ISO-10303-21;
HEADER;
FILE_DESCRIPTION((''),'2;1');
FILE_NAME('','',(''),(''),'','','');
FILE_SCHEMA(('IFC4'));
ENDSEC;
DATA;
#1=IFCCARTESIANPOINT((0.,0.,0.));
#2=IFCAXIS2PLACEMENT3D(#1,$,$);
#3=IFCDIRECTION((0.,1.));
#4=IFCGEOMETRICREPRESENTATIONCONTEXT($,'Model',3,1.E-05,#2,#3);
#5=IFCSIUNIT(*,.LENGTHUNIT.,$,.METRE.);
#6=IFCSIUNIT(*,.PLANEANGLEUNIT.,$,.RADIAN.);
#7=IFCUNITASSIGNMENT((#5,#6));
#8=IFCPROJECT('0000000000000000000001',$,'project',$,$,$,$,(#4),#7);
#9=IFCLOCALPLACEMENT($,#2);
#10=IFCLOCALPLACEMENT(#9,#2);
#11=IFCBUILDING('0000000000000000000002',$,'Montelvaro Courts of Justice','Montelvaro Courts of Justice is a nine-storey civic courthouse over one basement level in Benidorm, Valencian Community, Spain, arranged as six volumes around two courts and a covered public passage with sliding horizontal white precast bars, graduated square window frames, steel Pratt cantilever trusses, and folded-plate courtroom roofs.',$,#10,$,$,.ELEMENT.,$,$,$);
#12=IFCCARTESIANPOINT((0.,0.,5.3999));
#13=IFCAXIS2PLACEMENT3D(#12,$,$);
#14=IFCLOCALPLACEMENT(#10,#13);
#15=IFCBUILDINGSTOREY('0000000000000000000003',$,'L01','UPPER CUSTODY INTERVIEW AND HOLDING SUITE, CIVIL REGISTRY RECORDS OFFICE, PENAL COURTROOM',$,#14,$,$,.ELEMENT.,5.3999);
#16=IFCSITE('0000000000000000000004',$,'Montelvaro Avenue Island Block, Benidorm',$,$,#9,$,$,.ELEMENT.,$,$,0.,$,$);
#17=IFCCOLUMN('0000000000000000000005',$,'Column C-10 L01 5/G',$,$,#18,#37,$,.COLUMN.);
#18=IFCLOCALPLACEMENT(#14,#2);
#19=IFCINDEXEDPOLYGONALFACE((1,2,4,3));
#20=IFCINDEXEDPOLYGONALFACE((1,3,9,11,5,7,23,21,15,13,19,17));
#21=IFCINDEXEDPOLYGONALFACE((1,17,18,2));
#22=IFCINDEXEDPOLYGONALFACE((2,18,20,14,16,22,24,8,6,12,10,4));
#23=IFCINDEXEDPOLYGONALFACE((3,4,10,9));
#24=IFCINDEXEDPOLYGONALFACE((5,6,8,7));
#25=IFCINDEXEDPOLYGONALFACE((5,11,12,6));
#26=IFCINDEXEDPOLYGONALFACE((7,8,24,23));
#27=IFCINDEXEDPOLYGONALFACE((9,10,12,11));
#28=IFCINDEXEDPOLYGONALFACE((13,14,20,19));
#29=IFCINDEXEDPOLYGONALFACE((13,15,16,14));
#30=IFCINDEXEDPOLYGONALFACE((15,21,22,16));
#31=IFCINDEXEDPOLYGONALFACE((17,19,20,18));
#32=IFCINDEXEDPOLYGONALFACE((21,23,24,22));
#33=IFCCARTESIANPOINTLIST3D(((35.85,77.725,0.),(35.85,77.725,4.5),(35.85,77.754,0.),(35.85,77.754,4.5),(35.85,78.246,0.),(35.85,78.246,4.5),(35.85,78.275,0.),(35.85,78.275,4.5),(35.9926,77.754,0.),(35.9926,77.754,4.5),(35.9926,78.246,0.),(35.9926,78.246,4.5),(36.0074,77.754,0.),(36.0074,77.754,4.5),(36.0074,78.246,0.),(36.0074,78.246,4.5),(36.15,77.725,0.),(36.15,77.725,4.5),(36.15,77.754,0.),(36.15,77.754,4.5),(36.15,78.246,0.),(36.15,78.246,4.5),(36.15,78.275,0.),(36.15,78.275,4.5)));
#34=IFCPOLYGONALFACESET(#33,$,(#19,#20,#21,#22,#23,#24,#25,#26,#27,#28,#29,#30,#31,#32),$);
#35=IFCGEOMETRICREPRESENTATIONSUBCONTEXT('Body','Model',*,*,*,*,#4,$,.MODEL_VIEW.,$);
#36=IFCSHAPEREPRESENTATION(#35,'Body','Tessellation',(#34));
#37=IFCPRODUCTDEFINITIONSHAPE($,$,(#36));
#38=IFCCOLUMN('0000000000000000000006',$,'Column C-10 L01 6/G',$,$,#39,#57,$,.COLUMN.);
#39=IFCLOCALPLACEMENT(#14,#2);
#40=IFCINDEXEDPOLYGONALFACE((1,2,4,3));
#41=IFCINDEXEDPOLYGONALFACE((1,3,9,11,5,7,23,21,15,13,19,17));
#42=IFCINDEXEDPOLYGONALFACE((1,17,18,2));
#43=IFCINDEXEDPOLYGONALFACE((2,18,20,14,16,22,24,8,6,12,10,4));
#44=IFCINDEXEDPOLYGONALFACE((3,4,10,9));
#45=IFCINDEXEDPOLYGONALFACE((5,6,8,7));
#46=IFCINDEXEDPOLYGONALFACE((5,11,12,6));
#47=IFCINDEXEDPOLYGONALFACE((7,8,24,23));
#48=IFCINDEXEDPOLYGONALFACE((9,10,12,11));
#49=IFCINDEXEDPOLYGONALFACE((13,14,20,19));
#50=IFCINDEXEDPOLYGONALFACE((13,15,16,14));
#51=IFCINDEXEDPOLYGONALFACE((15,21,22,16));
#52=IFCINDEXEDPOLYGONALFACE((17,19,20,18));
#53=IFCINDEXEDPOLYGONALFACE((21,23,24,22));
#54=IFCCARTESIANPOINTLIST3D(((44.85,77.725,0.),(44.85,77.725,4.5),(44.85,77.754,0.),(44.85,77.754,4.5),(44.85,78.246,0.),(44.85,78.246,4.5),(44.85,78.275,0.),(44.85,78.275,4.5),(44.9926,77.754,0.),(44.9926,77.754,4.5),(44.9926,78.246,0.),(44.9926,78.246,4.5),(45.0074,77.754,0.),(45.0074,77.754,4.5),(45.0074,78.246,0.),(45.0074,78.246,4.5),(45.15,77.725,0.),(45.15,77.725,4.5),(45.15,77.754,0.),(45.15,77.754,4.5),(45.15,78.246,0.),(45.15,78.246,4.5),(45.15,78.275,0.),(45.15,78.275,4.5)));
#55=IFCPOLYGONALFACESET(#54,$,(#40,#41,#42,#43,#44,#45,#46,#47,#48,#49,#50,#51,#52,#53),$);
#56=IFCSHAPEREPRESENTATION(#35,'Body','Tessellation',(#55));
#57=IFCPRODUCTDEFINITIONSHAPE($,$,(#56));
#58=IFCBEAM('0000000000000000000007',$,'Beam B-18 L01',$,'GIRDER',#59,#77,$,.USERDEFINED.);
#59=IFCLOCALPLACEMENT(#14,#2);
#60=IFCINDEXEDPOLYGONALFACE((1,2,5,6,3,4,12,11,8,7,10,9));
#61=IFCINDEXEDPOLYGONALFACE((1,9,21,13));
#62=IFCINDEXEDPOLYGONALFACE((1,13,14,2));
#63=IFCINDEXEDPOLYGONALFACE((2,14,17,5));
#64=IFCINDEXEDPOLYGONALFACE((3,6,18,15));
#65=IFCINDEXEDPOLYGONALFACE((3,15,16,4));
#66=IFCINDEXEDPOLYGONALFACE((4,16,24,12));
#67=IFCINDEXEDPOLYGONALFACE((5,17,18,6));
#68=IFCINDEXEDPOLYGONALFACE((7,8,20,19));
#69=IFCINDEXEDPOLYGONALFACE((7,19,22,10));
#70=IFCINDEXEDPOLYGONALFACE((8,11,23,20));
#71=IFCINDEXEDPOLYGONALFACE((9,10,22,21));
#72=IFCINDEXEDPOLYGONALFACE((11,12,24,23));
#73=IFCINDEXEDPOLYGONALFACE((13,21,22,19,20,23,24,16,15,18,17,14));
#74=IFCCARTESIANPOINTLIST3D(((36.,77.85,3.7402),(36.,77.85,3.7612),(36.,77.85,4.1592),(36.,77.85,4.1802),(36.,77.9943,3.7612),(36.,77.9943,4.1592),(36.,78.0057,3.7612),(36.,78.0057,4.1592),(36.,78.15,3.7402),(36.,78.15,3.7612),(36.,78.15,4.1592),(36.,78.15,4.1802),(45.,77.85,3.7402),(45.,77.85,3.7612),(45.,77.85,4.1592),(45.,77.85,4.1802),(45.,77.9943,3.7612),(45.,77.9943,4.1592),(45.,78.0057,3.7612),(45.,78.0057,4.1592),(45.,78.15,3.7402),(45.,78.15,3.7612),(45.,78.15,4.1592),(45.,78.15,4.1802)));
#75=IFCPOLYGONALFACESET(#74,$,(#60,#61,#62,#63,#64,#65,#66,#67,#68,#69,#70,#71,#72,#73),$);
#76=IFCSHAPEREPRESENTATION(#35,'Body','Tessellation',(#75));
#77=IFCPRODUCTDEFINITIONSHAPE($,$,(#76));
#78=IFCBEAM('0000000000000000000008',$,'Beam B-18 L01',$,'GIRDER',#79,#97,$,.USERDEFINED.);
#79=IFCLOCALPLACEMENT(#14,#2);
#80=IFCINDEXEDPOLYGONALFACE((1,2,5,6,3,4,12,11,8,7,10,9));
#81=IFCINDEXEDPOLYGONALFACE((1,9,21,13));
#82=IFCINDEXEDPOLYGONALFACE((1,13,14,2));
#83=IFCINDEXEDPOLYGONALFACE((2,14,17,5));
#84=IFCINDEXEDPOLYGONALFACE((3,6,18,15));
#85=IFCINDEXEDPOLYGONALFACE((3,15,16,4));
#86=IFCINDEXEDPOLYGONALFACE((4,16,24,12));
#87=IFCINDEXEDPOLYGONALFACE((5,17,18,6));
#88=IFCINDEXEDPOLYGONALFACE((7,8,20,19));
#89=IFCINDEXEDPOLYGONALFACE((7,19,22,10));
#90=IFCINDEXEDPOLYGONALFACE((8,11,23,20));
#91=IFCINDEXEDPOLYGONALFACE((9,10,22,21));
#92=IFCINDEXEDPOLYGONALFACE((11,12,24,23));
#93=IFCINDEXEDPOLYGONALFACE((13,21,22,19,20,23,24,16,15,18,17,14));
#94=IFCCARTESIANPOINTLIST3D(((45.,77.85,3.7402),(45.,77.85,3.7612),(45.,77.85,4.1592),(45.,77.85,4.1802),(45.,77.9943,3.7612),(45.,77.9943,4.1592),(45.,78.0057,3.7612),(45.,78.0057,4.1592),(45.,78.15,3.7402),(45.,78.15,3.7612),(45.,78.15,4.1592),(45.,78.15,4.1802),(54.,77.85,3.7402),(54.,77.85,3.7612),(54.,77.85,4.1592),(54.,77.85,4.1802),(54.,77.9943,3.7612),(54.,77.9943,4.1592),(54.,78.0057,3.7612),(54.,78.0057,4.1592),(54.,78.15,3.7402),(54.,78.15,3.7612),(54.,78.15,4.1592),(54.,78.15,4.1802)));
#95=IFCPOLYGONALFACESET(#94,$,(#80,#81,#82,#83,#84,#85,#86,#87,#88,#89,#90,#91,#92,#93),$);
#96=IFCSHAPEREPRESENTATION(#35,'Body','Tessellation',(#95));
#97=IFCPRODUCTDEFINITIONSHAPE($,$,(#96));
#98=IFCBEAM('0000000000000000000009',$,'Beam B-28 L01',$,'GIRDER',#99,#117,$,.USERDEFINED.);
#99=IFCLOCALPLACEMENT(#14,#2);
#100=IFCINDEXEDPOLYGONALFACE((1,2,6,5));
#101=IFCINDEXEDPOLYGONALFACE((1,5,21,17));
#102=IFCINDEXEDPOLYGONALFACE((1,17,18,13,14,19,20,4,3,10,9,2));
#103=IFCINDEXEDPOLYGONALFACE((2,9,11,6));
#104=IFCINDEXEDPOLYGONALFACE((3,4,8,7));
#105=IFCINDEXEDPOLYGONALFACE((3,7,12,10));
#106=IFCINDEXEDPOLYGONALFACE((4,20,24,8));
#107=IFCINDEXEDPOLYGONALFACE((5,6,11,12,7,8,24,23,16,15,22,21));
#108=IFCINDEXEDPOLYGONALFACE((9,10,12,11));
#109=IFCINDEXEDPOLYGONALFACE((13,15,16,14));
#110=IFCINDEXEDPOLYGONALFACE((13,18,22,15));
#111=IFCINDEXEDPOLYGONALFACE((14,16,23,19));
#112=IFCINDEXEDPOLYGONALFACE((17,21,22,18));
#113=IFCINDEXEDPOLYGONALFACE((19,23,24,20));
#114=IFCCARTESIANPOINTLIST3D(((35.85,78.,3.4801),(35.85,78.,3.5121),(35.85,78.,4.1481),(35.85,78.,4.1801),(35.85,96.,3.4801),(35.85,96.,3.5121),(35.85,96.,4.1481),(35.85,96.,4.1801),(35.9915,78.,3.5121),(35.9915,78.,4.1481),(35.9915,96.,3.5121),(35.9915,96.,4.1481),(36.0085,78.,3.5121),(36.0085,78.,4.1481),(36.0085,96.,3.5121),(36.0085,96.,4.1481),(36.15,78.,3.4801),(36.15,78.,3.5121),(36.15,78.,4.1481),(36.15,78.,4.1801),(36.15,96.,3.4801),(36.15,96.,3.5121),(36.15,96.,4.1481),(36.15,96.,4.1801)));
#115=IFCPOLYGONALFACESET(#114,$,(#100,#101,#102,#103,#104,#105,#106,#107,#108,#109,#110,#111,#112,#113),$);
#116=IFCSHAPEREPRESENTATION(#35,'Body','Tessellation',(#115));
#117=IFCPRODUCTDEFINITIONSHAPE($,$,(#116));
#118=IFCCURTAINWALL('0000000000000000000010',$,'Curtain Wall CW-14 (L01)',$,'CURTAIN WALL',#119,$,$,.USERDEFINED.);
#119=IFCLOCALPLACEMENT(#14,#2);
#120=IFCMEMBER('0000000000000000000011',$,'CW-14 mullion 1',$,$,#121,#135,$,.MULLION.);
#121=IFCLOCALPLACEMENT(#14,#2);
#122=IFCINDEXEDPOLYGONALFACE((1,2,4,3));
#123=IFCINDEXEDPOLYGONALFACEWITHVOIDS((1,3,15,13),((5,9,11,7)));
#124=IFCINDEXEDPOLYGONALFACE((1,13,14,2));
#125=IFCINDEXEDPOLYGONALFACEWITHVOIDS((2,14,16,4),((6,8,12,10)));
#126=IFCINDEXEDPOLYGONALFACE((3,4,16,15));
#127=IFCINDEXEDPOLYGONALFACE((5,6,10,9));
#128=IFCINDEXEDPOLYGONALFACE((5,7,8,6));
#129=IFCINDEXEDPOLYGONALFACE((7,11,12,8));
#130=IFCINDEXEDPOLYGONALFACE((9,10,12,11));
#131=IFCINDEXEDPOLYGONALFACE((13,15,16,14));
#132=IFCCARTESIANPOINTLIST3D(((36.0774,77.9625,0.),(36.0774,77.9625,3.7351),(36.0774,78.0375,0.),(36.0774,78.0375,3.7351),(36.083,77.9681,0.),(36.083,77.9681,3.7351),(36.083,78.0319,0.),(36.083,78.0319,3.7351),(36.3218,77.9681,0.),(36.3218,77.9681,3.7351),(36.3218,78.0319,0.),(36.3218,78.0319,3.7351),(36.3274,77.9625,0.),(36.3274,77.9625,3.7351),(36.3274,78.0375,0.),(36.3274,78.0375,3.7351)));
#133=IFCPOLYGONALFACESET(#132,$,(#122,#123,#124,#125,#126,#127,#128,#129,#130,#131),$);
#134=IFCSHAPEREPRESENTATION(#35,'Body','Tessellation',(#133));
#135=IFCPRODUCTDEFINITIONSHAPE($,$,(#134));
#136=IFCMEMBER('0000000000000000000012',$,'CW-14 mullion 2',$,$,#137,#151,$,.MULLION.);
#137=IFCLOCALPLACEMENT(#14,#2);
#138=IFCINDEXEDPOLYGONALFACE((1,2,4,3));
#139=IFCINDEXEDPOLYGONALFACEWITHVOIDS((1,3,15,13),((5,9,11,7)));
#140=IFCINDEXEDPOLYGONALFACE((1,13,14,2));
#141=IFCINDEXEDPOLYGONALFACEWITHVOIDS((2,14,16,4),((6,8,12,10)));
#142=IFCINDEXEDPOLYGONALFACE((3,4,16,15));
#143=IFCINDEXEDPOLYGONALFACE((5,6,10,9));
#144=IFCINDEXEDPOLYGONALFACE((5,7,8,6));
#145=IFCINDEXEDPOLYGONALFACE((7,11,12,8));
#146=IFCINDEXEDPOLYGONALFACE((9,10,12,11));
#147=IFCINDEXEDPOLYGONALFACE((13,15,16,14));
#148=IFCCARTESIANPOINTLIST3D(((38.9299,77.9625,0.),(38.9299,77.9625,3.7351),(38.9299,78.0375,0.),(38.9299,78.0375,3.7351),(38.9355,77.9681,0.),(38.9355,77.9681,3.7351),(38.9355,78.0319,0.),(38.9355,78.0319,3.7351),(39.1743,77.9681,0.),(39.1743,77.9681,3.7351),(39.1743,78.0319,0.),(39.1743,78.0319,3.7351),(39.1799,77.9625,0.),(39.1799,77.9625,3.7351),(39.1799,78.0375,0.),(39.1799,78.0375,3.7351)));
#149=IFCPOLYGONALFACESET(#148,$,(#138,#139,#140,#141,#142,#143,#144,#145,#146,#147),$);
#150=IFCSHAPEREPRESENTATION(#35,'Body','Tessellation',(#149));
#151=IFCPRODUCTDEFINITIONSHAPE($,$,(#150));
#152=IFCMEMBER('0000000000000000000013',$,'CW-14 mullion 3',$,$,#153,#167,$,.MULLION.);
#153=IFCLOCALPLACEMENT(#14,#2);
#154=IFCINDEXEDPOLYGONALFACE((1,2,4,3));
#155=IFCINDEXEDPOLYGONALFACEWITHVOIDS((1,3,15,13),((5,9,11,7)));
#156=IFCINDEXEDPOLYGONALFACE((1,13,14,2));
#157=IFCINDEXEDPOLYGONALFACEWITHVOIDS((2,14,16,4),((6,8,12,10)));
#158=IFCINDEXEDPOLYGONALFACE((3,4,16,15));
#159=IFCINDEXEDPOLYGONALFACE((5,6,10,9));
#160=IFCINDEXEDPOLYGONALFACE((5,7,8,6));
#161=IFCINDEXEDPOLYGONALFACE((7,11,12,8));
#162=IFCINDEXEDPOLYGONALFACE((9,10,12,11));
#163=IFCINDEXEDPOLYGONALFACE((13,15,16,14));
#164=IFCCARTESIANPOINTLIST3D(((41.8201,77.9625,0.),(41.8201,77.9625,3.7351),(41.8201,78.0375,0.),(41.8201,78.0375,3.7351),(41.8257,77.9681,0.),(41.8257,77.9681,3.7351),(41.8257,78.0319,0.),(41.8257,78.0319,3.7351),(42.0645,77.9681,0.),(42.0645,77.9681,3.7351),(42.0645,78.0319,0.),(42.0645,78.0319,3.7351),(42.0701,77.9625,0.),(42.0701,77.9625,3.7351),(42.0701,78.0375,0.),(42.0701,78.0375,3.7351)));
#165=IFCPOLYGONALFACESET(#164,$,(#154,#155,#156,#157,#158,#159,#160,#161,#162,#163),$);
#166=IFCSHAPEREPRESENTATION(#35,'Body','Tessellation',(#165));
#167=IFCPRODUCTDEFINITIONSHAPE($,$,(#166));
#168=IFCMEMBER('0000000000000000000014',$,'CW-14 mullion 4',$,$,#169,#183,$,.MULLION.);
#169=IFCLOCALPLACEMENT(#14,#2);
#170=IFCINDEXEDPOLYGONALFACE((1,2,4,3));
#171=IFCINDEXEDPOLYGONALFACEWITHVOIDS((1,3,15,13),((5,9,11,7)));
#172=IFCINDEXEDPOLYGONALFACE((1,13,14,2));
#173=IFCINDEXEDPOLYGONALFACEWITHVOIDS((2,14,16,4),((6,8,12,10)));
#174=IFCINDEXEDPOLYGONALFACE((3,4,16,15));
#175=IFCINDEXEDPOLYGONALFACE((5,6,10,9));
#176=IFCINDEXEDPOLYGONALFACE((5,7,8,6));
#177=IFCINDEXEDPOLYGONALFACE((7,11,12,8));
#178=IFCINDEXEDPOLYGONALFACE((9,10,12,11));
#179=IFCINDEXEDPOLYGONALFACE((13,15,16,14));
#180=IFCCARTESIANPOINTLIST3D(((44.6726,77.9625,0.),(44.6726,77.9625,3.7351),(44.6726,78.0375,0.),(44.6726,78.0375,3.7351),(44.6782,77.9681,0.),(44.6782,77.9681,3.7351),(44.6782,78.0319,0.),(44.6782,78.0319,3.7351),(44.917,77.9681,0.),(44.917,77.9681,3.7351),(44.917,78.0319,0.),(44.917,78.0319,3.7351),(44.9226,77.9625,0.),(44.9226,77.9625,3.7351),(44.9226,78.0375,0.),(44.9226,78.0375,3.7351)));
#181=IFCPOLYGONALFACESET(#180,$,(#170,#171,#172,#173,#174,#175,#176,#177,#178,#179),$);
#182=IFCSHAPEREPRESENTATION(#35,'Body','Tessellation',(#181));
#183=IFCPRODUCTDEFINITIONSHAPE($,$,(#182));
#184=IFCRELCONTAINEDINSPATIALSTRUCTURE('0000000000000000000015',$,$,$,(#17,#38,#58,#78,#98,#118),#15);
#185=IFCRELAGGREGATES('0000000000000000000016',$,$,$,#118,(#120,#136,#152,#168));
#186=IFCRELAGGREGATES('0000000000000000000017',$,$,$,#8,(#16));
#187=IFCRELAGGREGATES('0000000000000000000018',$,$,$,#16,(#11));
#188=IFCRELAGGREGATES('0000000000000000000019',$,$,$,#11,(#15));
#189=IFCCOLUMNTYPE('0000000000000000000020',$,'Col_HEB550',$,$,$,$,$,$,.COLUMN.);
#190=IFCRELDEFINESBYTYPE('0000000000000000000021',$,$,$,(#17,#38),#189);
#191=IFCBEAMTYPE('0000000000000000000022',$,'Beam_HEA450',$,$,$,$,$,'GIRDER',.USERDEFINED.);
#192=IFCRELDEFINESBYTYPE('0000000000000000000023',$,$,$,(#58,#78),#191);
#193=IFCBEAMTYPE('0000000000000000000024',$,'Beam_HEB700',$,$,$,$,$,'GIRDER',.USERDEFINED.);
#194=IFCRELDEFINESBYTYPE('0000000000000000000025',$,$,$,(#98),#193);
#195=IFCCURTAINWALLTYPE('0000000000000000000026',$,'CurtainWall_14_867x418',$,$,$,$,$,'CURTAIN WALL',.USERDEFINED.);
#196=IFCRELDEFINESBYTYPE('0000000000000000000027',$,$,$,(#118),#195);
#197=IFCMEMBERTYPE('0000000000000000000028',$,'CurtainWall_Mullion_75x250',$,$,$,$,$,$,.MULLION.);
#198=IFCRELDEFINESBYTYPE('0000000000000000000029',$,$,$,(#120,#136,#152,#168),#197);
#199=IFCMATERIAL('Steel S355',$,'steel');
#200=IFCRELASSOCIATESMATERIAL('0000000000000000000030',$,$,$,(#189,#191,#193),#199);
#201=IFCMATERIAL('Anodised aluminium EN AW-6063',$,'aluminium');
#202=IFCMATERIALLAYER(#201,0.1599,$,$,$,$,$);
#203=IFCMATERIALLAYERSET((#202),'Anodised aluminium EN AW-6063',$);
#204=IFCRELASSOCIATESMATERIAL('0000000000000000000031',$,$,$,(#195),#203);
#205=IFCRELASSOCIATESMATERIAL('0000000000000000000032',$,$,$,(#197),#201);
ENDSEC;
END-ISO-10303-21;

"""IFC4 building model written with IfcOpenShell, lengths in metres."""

from ifc_helpers import new_model, si_unit, direction, frame, origin, origin_2d, place, context, subcontext, project, spatial, hollow_rectangle, i_section, extrude, material, layer, layer_set, material_profile, profile_set, type_object, element, aggregate, save


model = new_model("IFC4")

# Units and contexts
model_context = context("Model", 3, precision=1e-05, world=origin(), true_north=direction((0.0, 1.0)))
body_context = subcontext(model_context, "Body", "Model", "MODEL_VIEW")
ifc_project = project(units=[si_unit("LENGTHUNIT", "METRE"), si_unit("PLANEANGLEUNIT", "RADIAN")], contexts=[model_context])

# Site, building, storey
site_placement = place(None, origin())
site = spatial("IfcSite", under=ifc_project, at=site_placement, Name="Montelvaro Avenue Island Block, Benidorm", CompositionType="ELEMENT", RefElevation=0.0)
building_placement = place(site_placement, origin())
building = spatial("IfcBuilding", under=site, at=building_placement, Name="Montelvaro Courts of Justice", Description="Montelvaro Courts of Justice is a nine-storey civic courthouse over one basement level in Benidorm, Valencian Community, Spain, arranged as six volumes around two courts and a covered public passage with sliding horizontal white precast bars, graduated square window frames, steel Pratt cantilever trusses, and folded-plate courtroom roofs.", CompositionType="ELEMENT")
storey_placement = place(building_placement, frame((0.0, 0.0, 5.3999)))
storey = spatial("IfcBuildingStorey", under=building, at=storey_placement, Name="L01", Description="UPPER CUSTODY INTERVIEW AND HOLDING SUITE, CIVIL REGISTRY RECORDS OFFICE, PENAL COURTROOM", CompositionType="ELEMENT", Elevation=5.3999)

# Columns
ifc_material_1 = material(Name="Steel S355", Category="steel")
ifc_material_profile_1 = material_profile(ifc_material_1, i_section(OverallWidth=0.3, OverallDepth=0.55, WebThickness=0.0149, FlangeThickness=0.0291, at=origin_2d()), Name="HEB 550")
ifc_profile_set_1 = profile_set([ifc_material_profile_1], Name="Steel S355")
column_type = type_object("IfcColumnType", Name="Col_HEB550", PredefinedType="COLUMN", material=ifc_profile_set_1)
for number, where, z_axis, x_axis, name in (
    (1, (36.0, 78.0, 0.0), (0.0, 0.0, 1.0), (1.0, 0.0, 0.0), "Column C-10 L01 5/G"),
    (2, (45.0, 78.0, 0.0), (0.0, 0.0, 1.0), (1.0, 0.0, 0.0), "Column C-10 L01 6/G"),
):
    element("IfcColumn", number, at=place(storey_placement, frame(where, z_axis=z_axis, x_axis=x_axis)), inside=storey, type_object=column_type, Name=name, PredefinedType="COLUMN", context=body_context, shape_type="SweptSolid", body=[
        extrude(i_section(OverallWidth=0.3, OverallDepth=0.55, WebThickness=0.0149, FlangeThickness=0.0291, at=origin_2d()), origin(), (0.0, 0.0, 1.0), 4.5),
    ])

# Beams
ifc_material_profile_2 = material_profile(ifc_material_1, i_section(OverallWidth=0.3, OverallDepth=0.4399, WebThickness=0.0115, FlangeThickness=0.021, at=origin_2d()), Name="HEA 450")
ifc_profile_set_2 = profile_set([ifc_material_profile_2], Name="Steel S355")
beam_type_1 = type_object("IfcBeamType", Name="Beam_HEA450", ElementType="GIRDER", PredefinedType="USERDEFINED", material=ifc_profile_set_2)
for number, where, z_axis, x_axis, name in (
    (3, (36.0, 78.0, 3.9602), (1.0, 0.0, 0.0), (0.0, 1.0, 0.0), "Beam B-18 L01"),
    (4, (45.0, 78.0, 3.9602), (1.0, 0.0, 0.0), (0.0, 1.0, 0.0), "Beam B-18 L01"),
):
    element("IfcBeam", number, at=place(storey_placement, frame(where, z_axis=z_axis, x_axis=x_axis)), inside=storey, type_object=beam_type_1, Name=name, ObjectType="GIRDER", PredefinedType="USERDEFINED", context=body_context, shape_type="SweptSolid", body=[
        extrude(i_section(OverallWidth=0.3, OverallDepth=0.4399, WebThickness=0.0115, FlangeThickness=0.021, at=origin_2d()), origin(), (0.0, 0.0, 1.0), 9.0),
    ])
ifc_material_profile_3 = material_profile(ifc_material_1, i_section(OverallWidth=0.3, OverallDepth=0.7, WebThickness=0.0171, FlangeThickness=0.032, at=origin_2d()), Name="HEB 700")
ifc_profile_set_3 = profile_set([ifc_material_profile_3], Name="Steel S355")
beam_type_2 = type_object("IfcBeamType", Name="Beam_HEB700", ElementType="GIRDER", PredefinedType="USERDEFINED", material=ifc_profile_set_3)
beam_placement = place(storey_placement, frame((36.0, 78.0, 3.8301), z_axis=(0.0, 1.0, 0.0), x_axis=(-1.0, 0.0, 0.0)))
element("IfcBeam", 5, at=beam_placement, inside=storey, type_object=beam_type_2, Name="Beam B-28 L01", ObjectType="GIRDER", PredefinedType="USERDEFINED", context=body_context, shape_type="SweptSolid", body=[
    extrude(i_section(OverallWidth=0.3, OverallDepth=0.7, WebThickness=0.0171, FlangeThickness=0.032, at=origin_2d()), origin(), (0.0, 0.0, 1.0), 18.0),
])

# Curtain wall, members
ifc_material_2 = material(Name="Anodised aluminium EN AW-6063", Category="aluminium")
ifc_layer_1 = layer(ifc_material_2, 0.1599)
ifc_layer_set_1 = layer_set([ifc_layer_1], Name="Anodised aluminium EN AW-6063")
curtain_wall_type = type_object("IfcCurtainWallType", Name="CurtainWall_14_867x418", ElementType="CURTAIN WALL", PredefinedType="USERDEFINED", material=ifc_layer_set_1)
curtain_wall_1_placement = place(storey_placement, origin())
curtain_wall_1 = element("IfcCurtainWall", 6, at=curtain_wall_1_placement, inside=storey, type_object=curtain_wall_type, Name="Curtain Wall CW-14 (L01)", ObjectType="CURTAIN WALL", PredefinedType="USERDEFINED")
ifc_material_profile_4 = material_profile(ifc_material_2, hollow_rectangle(XDim=0.075, YDim=0.25, WallThickness=0.0056, at=origin_2d()), Name="ALU-M 75x250")
ifc_profile_set_4 = profile_set([ifc_material_profile_4], Name="Anodised aluminium EN AW-6063")
member_type_1 = type_object("IfcMemberType", Name="CurtainWall_Mullion_75x250", PredefinedType="MULLION", material=ifc_profile_set_4)
member_1_placement = place(storey_placement, frame((36.2024, 78.0, 0.0), z_axis=(0.0, 0.0, 1.0), x_axis=(0.0, 1.0, 0.0)))
member_1 = element("IfcMember", 7, at=member_1_placement, type_object=member_type_1, Name="CW-14 mullion 1", PredefinedType="MULLION", context=body_context, shape_type="SweptSolid", body=[
    extrude(hollow_rectangle(XDim=0.075, YDim=0.25, WallThickness=0.0056, at=origin_2d()), origin(), (0.0, 0.0, 1.0), 3.7351),
])
member_2_placement = place(storey_placement, frame((39.0549, 78.0, 0.0), z_axis=(0.0, 0.0, 1.0), x_axis=(0.0, 1.0, 0.0)))
member_2 = element("IfcMember", 8, at=member_2_placement, type_object=member_type_1, Name="CW-14 mullion 2", PredefinedType="MULLION", context=body_context, shape_type="SweptSolid", body=[
    extrude(hollow_rectangle(XDim=0.075, YDim=0.25, WallThickness=0.0056, at=origin_2d()), origin(), (0.0, 0.0, 1.0), 3.7351),
])
member_3_placement = place(storey_placement, frame((41.9451, 78.0, 0.0), z_axis=(0.0, 0.0, 1.0), x_axis=(0.0, 1.0, 0.0)))
member_3 = element("IfcMember", 9, at=member_3_placement, type_object=member_type_1, Name="CW-14 mullion 3", PredefinedType="MULLION", context=body_context, shape_type="SweptSolid", body=[
    extrude(hollow_rectangle(XDim=0.075, YDim=0.25, WallThickness=0.0056, at=origin_2d()), origin(), (0.0, 0.0, 1.0), 3.7351),
])
member_4_placement = place(storey_placement, frame((44.7976, 78.0, 0.0), z_axis=(0.0, 0.0, 1.0), x_axis=(0.0, 1.0, 0.0)))
member_4 = element("IfcMember", 10, at=member_4_placement, type_object=member_type_1, Name="CW-14 mullion 4", PredefinedType="MULLION", context=body_context, shape_type="SweptSolid", body=[
    extrude(hollow_rectangle(XDim=0.075, YDim=0.25, WallThickness=0.0056, at=origin_2d()), origin(), (0.0, 0.0, 1.0), 3.7351),
])

aggregate(curtain_wall_1, [member_1, member_2, member_3, member_4])

save(model, "model.ifc")
